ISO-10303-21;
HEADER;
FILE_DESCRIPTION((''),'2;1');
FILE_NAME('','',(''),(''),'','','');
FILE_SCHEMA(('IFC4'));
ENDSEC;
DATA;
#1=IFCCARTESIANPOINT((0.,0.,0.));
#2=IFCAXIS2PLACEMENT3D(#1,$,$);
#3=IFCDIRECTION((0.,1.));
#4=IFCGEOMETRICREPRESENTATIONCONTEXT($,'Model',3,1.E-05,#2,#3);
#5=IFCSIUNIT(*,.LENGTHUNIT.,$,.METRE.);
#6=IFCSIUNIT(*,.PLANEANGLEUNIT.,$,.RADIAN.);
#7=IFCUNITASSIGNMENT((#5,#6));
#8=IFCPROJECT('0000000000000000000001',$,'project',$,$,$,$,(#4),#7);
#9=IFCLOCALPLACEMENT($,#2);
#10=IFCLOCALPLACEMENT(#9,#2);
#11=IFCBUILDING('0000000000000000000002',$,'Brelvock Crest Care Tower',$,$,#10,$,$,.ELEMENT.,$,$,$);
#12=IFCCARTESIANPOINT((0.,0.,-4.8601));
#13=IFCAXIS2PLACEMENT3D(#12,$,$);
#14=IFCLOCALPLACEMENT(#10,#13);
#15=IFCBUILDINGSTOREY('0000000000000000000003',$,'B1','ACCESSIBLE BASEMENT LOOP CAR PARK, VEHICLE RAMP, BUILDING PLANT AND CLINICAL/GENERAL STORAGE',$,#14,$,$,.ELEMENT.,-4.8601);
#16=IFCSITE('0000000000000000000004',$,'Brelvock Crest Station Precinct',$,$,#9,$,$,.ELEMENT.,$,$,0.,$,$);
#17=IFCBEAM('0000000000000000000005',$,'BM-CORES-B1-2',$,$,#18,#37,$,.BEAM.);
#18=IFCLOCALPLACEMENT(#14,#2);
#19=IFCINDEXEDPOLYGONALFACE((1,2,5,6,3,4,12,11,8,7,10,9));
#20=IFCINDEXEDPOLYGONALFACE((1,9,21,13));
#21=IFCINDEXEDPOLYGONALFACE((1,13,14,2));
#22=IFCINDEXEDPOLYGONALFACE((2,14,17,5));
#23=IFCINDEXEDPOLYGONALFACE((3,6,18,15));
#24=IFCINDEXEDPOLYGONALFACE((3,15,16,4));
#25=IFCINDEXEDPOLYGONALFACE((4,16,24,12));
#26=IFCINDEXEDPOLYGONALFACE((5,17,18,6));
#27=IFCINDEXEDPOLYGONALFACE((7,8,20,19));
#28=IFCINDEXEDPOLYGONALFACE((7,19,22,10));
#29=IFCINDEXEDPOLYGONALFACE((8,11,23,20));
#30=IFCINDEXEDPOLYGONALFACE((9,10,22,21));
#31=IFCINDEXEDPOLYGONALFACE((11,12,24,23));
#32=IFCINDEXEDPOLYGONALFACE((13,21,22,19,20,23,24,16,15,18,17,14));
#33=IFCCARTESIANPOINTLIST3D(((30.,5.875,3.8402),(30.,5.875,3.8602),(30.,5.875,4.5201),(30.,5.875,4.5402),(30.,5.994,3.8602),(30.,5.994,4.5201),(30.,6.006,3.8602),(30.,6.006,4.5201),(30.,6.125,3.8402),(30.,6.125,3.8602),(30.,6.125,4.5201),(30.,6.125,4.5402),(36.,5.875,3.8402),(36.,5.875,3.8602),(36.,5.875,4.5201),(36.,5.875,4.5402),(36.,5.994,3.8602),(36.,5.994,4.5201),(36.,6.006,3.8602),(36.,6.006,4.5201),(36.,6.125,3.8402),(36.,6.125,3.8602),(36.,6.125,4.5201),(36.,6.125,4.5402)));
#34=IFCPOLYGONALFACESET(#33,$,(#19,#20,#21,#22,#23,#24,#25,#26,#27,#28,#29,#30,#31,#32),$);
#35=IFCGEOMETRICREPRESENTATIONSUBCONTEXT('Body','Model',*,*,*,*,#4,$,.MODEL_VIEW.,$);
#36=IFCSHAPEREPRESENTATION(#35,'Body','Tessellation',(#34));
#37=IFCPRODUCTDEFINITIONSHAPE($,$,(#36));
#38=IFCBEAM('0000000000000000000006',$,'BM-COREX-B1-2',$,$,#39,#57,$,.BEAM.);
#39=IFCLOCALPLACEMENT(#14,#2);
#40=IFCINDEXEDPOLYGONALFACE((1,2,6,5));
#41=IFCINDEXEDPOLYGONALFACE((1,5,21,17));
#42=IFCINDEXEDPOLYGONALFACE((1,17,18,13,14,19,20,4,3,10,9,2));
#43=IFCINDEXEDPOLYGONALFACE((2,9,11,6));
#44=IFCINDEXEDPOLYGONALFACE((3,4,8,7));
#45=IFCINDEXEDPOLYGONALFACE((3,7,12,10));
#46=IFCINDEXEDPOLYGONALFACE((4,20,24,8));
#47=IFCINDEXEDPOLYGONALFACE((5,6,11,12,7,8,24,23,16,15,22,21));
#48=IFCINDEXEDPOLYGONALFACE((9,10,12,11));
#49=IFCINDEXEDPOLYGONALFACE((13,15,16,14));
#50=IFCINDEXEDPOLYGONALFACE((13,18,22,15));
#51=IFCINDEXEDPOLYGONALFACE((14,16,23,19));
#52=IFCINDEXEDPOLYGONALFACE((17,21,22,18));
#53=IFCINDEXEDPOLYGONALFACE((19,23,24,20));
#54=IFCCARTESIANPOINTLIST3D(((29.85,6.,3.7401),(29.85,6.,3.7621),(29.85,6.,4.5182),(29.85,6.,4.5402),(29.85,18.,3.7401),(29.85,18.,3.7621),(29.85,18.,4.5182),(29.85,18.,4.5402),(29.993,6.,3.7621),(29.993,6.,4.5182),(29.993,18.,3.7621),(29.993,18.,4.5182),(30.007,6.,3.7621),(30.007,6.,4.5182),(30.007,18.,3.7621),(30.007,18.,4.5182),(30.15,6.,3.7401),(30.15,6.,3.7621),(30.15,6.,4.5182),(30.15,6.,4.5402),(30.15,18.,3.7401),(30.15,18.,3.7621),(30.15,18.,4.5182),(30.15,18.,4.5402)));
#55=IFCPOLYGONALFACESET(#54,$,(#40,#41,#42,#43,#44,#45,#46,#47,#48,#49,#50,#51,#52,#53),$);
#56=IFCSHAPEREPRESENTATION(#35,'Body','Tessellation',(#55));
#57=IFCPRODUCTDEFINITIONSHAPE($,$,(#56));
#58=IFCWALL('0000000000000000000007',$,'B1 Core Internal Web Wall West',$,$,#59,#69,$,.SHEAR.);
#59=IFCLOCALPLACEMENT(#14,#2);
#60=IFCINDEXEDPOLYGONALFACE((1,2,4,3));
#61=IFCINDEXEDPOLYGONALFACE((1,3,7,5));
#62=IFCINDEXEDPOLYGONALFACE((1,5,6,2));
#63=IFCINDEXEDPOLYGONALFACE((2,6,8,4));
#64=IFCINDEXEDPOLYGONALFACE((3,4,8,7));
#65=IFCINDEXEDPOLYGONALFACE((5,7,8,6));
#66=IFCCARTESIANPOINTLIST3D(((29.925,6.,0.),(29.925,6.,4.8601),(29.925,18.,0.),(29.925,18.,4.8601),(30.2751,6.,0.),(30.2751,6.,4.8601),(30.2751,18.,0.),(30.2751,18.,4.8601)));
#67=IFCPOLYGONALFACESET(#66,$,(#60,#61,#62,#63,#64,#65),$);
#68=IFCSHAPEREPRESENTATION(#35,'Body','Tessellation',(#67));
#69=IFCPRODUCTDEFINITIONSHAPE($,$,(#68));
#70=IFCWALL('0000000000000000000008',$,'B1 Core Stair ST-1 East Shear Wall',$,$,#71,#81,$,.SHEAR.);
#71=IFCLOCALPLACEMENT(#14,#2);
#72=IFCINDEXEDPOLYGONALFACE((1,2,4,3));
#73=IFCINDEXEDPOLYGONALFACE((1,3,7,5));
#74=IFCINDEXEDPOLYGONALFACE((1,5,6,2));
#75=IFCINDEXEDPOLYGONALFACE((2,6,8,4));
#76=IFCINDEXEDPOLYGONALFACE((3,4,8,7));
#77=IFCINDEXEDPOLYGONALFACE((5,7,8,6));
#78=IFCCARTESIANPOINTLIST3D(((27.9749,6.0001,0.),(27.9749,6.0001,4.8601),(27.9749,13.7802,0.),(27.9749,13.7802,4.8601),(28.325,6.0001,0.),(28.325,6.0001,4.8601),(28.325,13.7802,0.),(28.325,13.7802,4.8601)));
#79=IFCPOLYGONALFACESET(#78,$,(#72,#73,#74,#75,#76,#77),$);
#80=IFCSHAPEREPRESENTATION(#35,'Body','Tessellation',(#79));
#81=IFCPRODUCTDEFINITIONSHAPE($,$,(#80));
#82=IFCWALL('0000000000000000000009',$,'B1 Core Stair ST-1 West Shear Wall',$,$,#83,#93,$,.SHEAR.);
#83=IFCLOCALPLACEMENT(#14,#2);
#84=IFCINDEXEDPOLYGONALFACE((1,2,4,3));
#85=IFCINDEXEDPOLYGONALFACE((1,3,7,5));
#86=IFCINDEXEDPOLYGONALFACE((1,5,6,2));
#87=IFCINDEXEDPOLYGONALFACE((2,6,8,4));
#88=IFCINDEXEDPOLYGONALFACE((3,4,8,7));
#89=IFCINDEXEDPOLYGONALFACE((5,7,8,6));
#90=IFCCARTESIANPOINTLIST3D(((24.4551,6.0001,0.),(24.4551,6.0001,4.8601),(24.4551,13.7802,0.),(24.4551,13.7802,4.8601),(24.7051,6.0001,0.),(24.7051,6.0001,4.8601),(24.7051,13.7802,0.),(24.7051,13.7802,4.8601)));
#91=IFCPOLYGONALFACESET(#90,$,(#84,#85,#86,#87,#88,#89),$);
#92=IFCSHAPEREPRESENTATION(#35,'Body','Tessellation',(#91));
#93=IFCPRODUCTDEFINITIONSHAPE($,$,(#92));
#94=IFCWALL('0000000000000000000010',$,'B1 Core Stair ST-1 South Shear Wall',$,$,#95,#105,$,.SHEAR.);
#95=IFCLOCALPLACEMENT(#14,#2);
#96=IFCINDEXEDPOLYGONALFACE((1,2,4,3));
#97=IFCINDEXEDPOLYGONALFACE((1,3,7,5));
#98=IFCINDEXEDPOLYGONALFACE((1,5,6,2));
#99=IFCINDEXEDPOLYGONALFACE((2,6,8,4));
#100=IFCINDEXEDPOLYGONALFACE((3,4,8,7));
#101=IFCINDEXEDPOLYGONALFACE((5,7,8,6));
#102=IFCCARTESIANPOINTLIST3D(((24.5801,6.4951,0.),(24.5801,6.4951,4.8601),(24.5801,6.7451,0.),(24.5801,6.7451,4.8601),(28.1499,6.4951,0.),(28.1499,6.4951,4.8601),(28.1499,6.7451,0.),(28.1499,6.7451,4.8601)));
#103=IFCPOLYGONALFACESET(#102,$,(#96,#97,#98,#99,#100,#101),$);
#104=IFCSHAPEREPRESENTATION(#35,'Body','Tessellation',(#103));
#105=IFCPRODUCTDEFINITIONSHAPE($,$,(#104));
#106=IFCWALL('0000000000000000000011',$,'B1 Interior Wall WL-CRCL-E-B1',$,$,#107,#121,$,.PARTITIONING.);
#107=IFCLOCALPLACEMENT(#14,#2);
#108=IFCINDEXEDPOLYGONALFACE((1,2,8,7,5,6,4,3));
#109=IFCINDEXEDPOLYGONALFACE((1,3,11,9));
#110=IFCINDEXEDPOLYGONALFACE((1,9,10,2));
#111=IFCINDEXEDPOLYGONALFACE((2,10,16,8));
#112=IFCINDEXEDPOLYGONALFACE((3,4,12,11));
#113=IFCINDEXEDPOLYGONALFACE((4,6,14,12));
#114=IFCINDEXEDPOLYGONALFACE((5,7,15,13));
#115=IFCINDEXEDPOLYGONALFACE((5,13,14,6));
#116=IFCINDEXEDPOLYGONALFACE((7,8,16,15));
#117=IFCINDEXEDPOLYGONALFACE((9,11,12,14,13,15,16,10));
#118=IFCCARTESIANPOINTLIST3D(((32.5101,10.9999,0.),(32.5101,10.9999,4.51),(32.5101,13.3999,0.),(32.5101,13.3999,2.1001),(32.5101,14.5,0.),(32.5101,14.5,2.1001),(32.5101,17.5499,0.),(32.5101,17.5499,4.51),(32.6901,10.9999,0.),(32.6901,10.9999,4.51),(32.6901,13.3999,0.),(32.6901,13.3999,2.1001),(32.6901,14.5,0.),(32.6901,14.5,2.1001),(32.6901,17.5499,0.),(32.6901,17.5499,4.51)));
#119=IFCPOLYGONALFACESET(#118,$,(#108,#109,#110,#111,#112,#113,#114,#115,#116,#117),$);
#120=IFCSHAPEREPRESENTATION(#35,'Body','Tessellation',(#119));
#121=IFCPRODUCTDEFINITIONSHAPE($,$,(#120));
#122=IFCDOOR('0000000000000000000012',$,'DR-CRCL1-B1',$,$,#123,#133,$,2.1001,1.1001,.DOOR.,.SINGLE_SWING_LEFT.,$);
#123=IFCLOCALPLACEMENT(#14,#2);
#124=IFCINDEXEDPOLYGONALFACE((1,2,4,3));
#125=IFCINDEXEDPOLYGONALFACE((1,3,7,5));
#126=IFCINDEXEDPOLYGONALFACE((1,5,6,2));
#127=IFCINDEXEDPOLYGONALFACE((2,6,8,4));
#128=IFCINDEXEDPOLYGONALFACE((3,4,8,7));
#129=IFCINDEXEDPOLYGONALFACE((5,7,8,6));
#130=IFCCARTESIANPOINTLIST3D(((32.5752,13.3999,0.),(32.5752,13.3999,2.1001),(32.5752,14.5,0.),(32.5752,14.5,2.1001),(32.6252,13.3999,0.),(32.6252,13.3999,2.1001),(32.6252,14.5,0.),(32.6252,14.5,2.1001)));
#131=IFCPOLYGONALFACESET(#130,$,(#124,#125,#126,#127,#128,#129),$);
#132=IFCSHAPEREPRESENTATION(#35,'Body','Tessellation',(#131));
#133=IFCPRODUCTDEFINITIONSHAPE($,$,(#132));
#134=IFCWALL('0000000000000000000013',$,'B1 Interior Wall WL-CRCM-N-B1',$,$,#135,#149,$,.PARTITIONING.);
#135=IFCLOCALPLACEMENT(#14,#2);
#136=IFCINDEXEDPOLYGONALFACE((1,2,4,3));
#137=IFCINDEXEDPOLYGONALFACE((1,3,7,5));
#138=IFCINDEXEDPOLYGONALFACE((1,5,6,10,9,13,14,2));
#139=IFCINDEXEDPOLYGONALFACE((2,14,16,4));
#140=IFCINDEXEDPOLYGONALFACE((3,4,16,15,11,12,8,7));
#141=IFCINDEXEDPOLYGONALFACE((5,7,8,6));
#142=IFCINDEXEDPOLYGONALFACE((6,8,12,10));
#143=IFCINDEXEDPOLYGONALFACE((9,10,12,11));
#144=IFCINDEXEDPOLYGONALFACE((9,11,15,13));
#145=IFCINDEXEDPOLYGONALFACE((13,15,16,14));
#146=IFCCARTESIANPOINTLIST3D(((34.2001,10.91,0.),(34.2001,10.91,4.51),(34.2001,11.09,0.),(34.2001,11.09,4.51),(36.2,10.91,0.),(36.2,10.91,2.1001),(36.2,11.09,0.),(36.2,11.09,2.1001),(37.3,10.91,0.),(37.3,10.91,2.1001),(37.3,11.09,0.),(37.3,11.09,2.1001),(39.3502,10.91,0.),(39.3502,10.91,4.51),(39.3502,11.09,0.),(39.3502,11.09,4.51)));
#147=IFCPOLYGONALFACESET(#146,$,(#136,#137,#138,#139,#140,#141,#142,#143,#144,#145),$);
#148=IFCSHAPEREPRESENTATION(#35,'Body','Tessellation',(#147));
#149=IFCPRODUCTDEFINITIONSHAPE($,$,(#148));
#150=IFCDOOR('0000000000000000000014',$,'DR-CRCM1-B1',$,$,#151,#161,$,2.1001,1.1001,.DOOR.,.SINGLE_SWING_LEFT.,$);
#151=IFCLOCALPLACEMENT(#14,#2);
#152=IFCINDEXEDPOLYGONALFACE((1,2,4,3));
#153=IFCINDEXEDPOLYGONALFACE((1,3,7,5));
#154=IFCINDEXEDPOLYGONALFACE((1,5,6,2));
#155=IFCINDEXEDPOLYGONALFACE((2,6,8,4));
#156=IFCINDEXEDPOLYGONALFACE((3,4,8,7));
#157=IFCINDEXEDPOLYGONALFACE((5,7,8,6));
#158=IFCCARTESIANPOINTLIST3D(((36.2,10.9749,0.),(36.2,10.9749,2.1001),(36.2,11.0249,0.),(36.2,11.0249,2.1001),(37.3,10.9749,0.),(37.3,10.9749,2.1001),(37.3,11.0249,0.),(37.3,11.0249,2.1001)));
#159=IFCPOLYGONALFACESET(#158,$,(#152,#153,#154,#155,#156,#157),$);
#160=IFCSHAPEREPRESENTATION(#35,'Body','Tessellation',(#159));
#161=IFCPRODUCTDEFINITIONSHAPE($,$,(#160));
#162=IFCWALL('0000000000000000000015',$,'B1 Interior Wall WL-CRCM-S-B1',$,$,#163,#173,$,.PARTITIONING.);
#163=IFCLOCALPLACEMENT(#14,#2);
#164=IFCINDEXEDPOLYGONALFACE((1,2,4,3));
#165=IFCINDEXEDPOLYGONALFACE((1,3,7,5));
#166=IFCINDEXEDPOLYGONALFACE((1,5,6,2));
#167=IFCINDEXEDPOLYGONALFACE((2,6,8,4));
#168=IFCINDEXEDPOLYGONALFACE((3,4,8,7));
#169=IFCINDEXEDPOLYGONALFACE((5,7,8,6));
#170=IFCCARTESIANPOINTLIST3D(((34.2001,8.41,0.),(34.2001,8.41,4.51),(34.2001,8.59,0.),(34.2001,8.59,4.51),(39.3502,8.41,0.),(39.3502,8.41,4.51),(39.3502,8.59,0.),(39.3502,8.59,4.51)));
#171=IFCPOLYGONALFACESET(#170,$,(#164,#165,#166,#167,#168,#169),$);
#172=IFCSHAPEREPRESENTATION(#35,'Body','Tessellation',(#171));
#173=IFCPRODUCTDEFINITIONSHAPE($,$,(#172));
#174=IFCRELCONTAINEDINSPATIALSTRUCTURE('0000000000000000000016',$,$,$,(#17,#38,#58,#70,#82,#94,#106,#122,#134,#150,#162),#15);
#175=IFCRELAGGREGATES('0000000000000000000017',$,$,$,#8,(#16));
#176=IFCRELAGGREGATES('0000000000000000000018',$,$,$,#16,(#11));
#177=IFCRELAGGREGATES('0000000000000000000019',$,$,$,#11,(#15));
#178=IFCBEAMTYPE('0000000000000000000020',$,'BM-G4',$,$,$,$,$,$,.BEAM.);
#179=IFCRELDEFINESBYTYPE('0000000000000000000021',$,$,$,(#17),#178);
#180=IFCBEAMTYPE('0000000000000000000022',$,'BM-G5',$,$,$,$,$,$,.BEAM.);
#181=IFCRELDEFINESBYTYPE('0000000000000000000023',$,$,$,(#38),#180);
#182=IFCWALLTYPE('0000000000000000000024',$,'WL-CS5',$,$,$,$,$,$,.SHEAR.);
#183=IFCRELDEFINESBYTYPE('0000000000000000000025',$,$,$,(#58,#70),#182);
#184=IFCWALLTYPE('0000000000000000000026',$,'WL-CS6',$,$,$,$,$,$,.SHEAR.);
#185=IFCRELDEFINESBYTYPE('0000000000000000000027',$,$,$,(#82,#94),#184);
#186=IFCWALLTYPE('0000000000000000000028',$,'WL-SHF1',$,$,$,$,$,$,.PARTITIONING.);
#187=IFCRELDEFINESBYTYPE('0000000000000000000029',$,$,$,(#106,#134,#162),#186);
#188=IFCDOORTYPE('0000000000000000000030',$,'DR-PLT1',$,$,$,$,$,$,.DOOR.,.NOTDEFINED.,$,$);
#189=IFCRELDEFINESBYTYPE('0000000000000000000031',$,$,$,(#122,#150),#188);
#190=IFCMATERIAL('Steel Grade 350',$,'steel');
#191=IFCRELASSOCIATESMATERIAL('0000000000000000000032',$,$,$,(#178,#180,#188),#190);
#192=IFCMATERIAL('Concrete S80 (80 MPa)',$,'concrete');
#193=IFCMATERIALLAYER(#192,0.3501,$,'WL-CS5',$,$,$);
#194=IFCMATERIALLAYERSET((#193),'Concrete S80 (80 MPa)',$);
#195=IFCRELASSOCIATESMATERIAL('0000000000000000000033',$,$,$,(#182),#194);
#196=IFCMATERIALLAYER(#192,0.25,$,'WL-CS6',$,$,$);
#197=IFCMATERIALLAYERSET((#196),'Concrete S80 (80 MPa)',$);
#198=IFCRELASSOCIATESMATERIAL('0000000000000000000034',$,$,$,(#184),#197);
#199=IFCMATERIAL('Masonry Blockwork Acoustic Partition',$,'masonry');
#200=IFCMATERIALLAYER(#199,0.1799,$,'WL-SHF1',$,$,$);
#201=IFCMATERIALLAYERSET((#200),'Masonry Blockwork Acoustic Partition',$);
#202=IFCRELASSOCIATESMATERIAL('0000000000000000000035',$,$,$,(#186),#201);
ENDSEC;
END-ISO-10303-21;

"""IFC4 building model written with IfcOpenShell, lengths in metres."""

from ifc_helpers import new_model, si_unit, direction, frame, frame_2d, origin, origin_2d, place, context, subcontext, project, spatial, rectangle, i_section, extrude, source, transform, mapped, material, layer, layer_set, material_profile, profile_set, type_object, element, fill, save


model = new_model("IFC4")

# Units and contexts
model_context = context("Model", 3, precision=1e-05, world=origin(), true_north=direction((0.0, 1.0)))
body_context = subcontext(model_context, "Body", "Model", "MODEL_VIEW")
ifc_project = project(units=[si_unit("LENGTHUNIT", "METRE"), si_unit("PLANEANGLEUNIT", "RADIAN")], contexts=[model_context])

# Site, building, storey
site_placement = place(None, origin())
site = spatial("IfcSite", under=ifc_project, at=site_placement, Name="Brelvock Crest Station Precinct", CompositionType="ELEMENT", RefElevation=0.0)
building_placement = place(site_placement, origin())
building = spatial("IfcBuilding", under=site, at=building_placement, Name="Brelvock Crest Care Tower", CompositionType="ELEMENT")
storey_placement = place(building_placement, frame((0.0, 0.0, -4.8601)))
storey = spatial("IfcBuildingStorey", under=building, at=storey_placement, Name="B1", Description="ACCESSIBLE BASEMENT LOOP CAR PARK, VEHICLE RAMP, BUILDING PLANT AND CLINICAL/GENERAL STORAGE", CompositionType="ELEMENT", Elevation=-4.8601)

# Shared definitions
ifc_material_1 = material(Name="Concrete S80 (80 MPa)", Category="concrete")

# Beams
ifc_material_2 = material(Name="Steel Grade 350", Category="steel")
ifc_material_profile_1 = material_profile(ifc_material_2, i_section(OverallWidth=0.25, OverallDepth=0.7, WebThickness=0.012, FlangeThickness=0.02, at=origin_2d()), Name="700WB150")
ifc_profile_set_1 = profile_set([ifc_material_profile_1], Name="Steel Grade 350")
beam_type_1 = type_object("IfcBeamType", Name="BM-G4", PredefinedType="BEAM", material=ifc_profile_set_1)
shared_shape_1 = source(origin(), body_context, "Body", "SweptSolid", [
    extrude(i_section(OverallWidth=0.25, OverallDepth=0.7, WebThickness=0.012, FlangeThickness=0.02, at=origin_2d()), origin(), (0.0, 0.0, 1.0), 6.0),
])
beam_1_placement = place(storey_placement, frame((30.0, 6.0, 4.1902), z_axis=(1.0, 0.0, 0.0), x_axis=(0.0, 1.0, 0.0)))
element("IfcBeam", 1, at=beam_1_placement, inside=storey, type_object=beam_type_1, Name="BM-CORES-B1-2", PredefinedType="BEAM", context=body_context, shape_type="MappedRepresentation", body=[
    mapped(shared_shape_1, transform((0.0, 0.0, 0.0), x_axis=(1.0, 0.0, 0.0), y_axis=(0.0, 1.0, 0.0), z_axis=(0.0, 0.0, 1.0), scale=1.0)),
])
ifc_material_profile_2 = material_profile(ifc_material_2, i_section(OverallWidth=0.3, OverallDepth=0.8, WebThickness=0.0139, FlangeThickness=0.022, at=origin_2d()), Name="800WB192")
ifc_profile_set_2 = profile_set([ifc_material_profile_2], Name="Steel Grade 350")
beam_type_2 = type_object("IfcBeamType", Name="BM-G5", PredefinedType="BEAM", material=ifc_profile_set_2)
shared_shape_2 = source(origin(), body_context, "Body", "SweptSolid", [
    extrude(i_section(OverallWidth=0.3, OverallDepth=0.8, WebThickness=0.0139, FlangeThickness=0.022, at=origin_2d()), origin(), (0.0, 0.0, 1.0), 12.0),
])
beam_2_placement = place(storey_placement, frame((30.0, 6.0, 4.1401), z_axis=(0.0, 1.0, 0.0), x_axis=(-1.0, 0.0, 0.0)))
element("IfcBeam", 2, at=beam_2_placement, inside=storey, type_object=beam_type_2, Name="BM-COREX-B1-2", PredefinedType="BEAM", context=body_context, shape_type="MappedRepresentation", body=[
    mapped(shared_shape_2, transform((0.0, 0.0, 0.0), x_axis=(1.0, 0.0, 0.0), y_axis=(0.0, 1.0, 0.0), z_axis=(0.0, 0.0, 1.0), scale=1.0)),
])

# Walls
ifc_layer_1 = layer(ifc_material_1, 0.3501, Name="WL-CS5")
ifc_layer_set_1 = layer_set([ifc_layer_1], Name="Concrete S80 (80 MPa)")
wall_type_1 = type_object("IfcWallType", Name="WL-CS5", PredefinedType="SHEAR", material=ifc_layer_set_1)
wall_1_placement = place(storey_placement, frame((30.1001, 6.0, 0.0), z_axis=(0.0, 0.0, 1.0), x_axis=(0.0, 1.0, 0.0)))
element("IfcWall", 3, at=wall_1_placement, inside=storey, type_object=wall_type_1, Name="B1 Core Internal Web Wall West", PredefinedType="SHEAR", context=body_context, shape_type="SweptSolid", body=[
    extrude(rectangle(XDim=12.0, YDim=0.3501, at=frame_2d((6.0, 0.0))), origin(), (0.0, 0.0, 1.0), 4.8601),
])
wall_2_placement = place(storey_placement, frame((28.1499, 6.0, 0.0), z_axis=(0.0, 0.0, 1.0), x_axis=(0.0, 1.0, 0.0)))
element("IfcWall", 4, at=wall_2_placement, inside=storey, type_object=wall_type_1, Name="B1 Core Stair ST-1 East Shear Wall", PredefinedType="SHEAR", context=body_context, shape_type="SweptSolid", body=[
    extrude(rectangle(XDim=7.78, YDim=0.3501, at=frame_2d((3.8901, 0.0))), origin(), (0.0, 0.0, 1.0), 4.8601),
])
ifc_layer_2 = layer(ifc_material_1, 0.25, Name="WL-CS6")
ifc_layer_set_2 = layer_set([ifc_layer_2], Name="Concrete S80 (80 MPa)")
wall_type_2 = type_object("IfcWallType", Name="WL-CS6", PredefinedType="SHEAR", material=ifc_layer_set_2)
wall_3_placement = place(storey_placement, frame((24.5801, 6.0, 0.0), z_axis=(0.0, 0.0, 1.0), x_axis=(0.0, 1.0, 0.0)))
element("IfcWall", 5, at=wall_3_placement, inside=storey, type_object=wall_type_2, Name="B1 Core Stair ST-1 West Shear Wall", PredefinedType="SHEAR", context=body_context, shape_type="SweptSolid", body=[
    extrude(rectangle(XDim=7.78, YDim=0.25, at=frame_2d((3.8901, 0.0))), origin(), (0.0, 0.0, 1.0), 4.8601),
])
wall_4_placement = place(storey_placement, frame((24.5801, 6.6201, 0.0), z_axis=(0.0, 0.0, 1.0), x_axis=(1.0, 0.0, 0.0)))
element("IfcWall", 6, at=wall_4_placement, inside=storey, type_object=wall_type_2, Name="B1 Core Stair ST-1 South Shear Wall", PredefinedType="SHEAR", context=body_context, shape_type="SweptSolid", body=[
    extrude(rectangle(XDim=3.5698, YDim=0.25, at=frame_2d((1.7849, 0.0))), origin(), (0.0, 0.0, 1.0), 4.8601),
])

# Walls, openings, doors
ifc_material_3 = material(Name="Masonry Blockwork Acoustic Partition", Category="masonry")
ifc_layer_3 = layer(ifc_material_3, 0.1799, Name="WL-SHF1")
ifc_layer_set_3 = layer_set([ifc_layer_3], Name="Masonry Blockwork Acoustic Partition")
wall_type_3 = type_object("IfcWallType", Name="WL-SHF1", PredefinedType="PARTITIONING", material=ifc_layer_set_3)
wall_5_placement = place(storey_placement, frame((32.6001, 11.0, 0.0), z_axis=(0.0, 0.0, 1.0), x_axis=(0.0, 1.0, 0.0)))
wall_5 = element("IfcWall", 7, at=wall_5_placement, inside=storey, type_object=wall_type_3, Name="B1 Interior Wall WL-CRCL-E-B1", PredefinedType="PARTITIONING", context=body_context, shape_type="SweptSolid", body=[
    extrude(rectangle(XDim=6.55, YDim=0.1799, at=frame_2d((3.2749, 0.0))), origin(), (0.0, 0.0, 1.0), 4.51),
])
opening_1_placement = place(wall_5_placement, frame((2.3999, 0.0, 0.0)))
opening_1 = element("IfcOpeningElement", 8, at=opening_1_placement, cuts=wall_5, PredefinedType="OPENING", context=body_context, shape_type="SweptSolid", body=[
    extrude(rectangle(XDim=1.1001, YDim=2.1001, at=origin_2d()), frame((0.55, 0.1001, 1.05), z_axis=(0.0, -1.0, 0.0), x_axis=(1.0, 0.0, 0.0)), (0.0, 0.0, 1.0), 0.2),
])
door_type_1 = type_object("IfcDoorType", Name="DR-PLT1", OperationType="NOTDEFINED", PredefinedType="DOOR", material=ifc_material_2)
shared_shape_3 = source(origin(), body_context, "Body", "SweptSolid", [
    extrude(rectangle(XDim=1.1001, YDim=2.1001, at=origin_2d()), frame((0.55, 0.0249, 1.05), z_axis=(0.0, -1.0, 0.0), x_axis=(1.0, 0.0, 0.0)), (0.0, 0.0, 1.0), 0.05),
])
door_1_placement = place(opening_1_placement, origin())
door_1 = element("IfcDoor", 9, at=door_1_placement, inside=storey, type_object=door_type_1, Name="DR-CRCL1-B1", OperationType="SINGLE_SWING_LEFT", OverallHeight=2.1001, OverallWidth=1.1001, PredefinedType="DOOR", context=body_context, shape_type="MappedRepresentation", body=[
    mapped(shared_shape_3, transform((0.0, 0.0, 0.0), x_axis=(1.0, 0.0, 0.0), y_axis=(0.0, 1.0, 0.0), z_axis=(0.0, 0.0, 1.0), scale=1.0)),
])
fill(opening_1, door_1)
wall_6_placement = place(storey_placement, frame((34.2, 11.0, 0.0), z_axis=(0.0, 0.0, 1.0), x_axis=(1.0, 0.0, 0.0)))
wall_6 = element("IfcWall", 10, at=wall_6_placement, inside=storey, type_object=wall_type_3, Name="B1 Interior Wall WL-CRCM-N-B1", PredefinedType="PARTITIONING", context=body_context, shape_type="SweptSolid", body=[
    extrude(rectangle(XDim=5.1501, YDim=0.1799, at=frame_2d((2.5752, 0.0))), origin(), (0.0, 0.0, 1.0), 4.51),
])
opening_2_placement = place(wall_6_placement, frame((2.0, 0.0, 0.0)))
opening_2 = element("IfcOpeningElement", 11, at=opening_2_placement, cuts=wall_6, PredefinedType="OPENING", context=body_context, shape_type="SweptSolid", body=[
    extrude(rectangle(XDim=1.1001, YDim=2.1001, at=origin_2d()), frame((0.55, 0.1001, 1.05), z_axis=(0.0, -1.0, 0.0), x_axis=(1.0, 0.0, 0.0)), (0.0, 0.0, 1.0), 0.2),
])
door_2_placement = place(opening_2_placement, origin())
door_2 = element("IfcDoor", 12, at=door_2_placement, inside=storey, type_object=door_type_1, Name="DR-CRCM1-B1", OperationType="SINGLE_SWING_LEFT", OverallHeight=2.1001, OverallWidth=1.1001, PredefinedType="DOOR", context=body_context, shape_type="MappedRepresentation", body=[
    mapped(shared_shape_3, transform((0.0, 0.0, 0.0), x_axis=(1.0, 0.0, 0.0), y_axis=(0.0, 1.0, 0.0), z_axis=(0.0, 0.0, 1.0), scale=1.0)),
])
fill(opening_2, door_2)

# Wall
wall_7_placement = place(storey_placement, frame((34.2, 8.5, 0.0), z_axis=(0.0, 0.0, 1.0), x_axis=(1.0, 0.0, 0.0)))
element("IfcWall", 13, at=wall_7_placement, inside=storey, type_object=wall_type_3, Name="B1 Interior Wall WL-CRCM-S-B1", PredefinedType="PARTITIONING", context=body_context, shape_type="SweptSolid", body=[
    extrude(rectangle(XDim=5.1501, YDim=0.1799, at=frame_2d((2.5752, 0.0))), origin(), (0.0, 0.0, 1.0), 4.51),
])

save(model, "model.ifc")
